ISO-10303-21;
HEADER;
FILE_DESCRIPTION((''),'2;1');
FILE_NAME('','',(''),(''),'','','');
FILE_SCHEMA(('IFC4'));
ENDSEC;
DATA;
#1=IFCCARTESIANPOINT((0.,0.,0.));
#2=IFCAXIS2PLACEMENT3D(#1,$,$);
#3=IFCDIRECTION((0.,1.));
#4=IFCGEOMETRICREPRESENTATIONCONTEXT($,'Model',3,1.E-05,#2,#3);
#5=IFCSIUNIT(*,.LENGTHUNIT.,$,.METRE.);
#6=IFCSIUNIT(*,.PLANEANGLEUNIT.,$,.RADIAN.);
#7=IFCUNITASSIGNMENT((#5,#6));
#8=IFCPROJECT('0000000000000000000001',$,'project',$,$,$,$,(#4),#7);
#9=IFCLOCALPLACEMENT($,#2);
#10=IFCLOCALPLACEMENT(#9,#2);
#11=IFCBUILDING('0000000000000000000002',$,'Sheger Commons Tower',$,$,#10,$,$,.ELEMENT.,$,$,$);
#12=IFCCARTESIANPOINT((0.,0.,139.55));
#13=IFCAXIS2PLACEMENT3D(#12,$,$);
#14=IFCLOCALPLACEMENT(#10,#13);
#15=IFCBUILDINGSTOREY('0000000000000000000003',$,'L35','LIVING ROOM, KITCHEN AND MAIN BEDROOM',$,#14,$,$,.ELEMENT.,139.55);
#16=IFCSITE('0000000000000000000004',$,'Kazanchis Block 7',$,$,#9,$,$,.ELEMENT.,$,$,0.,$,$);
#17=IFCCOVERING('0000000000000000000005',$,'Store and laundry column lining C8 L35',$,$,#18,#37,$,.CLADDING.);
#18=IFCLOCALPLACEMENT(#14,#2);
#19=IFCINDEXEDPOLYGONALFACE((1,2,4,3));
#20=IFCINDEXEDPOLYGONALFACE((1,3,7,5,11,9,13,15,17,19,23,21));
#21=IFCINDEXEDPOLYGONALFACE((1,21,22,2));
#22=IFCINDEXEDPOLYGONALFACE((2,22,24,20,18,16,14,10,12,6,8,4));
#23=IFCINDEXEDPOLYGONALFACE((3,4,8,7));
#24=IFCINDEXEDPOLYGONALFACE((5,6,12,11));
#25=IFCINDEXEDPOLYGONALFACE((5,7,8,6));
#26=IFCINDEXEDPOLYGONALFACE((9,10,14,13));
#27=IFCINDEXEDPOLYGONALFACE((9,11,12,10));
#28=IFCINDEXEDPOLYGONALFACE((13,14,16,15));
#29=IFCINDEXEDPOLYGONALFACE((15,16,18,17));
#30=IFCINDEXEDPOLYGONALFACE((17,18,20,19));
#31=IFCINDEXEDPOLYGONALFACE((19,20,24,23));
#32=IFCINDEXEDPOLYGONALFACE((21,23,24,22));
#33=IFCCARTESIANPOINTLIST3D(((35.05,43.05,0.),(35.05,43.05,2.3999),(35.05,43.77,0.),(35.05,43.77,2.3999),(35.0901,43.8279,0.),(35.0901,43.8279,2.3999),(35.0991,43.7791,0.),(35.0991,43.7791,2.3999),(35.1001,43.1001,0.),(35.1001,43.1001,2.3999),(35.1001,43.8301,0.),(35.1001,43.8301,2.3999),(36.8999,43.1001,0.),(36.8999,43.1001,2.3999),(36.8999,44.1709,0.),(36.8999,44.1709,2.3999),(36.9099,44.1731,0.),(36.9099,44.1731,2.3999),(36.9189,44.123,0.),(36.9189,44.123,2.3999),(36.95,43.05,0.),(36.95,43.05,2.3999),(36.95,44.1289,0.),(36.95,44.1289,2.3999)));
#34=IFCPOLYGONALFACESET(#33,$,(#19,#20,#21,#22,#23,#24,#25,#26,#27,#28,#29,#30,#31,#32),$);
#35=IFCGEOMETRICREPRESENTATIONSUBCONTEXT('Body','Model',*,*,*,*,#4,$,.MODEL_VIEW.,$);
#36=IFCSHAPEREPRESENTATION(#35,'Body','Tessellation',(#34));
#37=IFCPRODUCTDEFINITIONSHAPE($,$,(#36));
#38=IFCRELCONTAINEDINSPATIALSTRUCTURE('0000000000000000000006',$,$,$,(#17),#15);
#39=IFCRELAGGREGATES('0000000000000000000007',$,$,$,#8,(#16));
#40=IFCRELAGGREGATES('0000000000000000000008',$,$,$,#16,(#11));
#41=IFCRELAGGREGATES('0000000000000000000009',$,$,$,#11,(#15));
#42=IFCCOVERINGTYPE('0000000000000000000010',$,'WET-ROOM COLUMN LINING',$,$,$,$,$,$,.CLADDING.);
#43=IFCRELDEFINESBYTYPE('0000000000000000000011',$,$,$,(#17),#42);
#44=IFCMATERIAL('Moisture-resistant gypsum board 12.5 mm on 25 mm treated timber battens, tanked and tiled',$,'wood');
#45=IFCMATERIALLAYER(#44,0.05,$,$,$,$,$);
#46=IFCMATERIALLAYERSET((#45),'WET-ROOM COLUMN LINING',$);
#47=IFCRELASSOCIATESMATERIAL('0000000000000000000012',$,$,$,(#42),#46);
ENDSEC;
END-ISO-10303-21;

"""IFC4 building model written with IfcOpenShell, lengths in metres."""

from ifc_helpers import new_model, si_unit, direction, frame, origin, place, context, subcontext, project, spatial, polyline, outline, extrude, material, layer, layer_set, type_object, element, save


model = new_model("IFC4")

# Units and contexts
model_context = context("Model", 3, precision=1e-05, world=origin(), true_north=direction((0.0, 1.0)))
body_context = subcontext(model_context, "Body", "Model", "MODEL_VIEW")
ifc_project = project(units=[si_unit("LENGTHUNIT", "METRE"), si_unit("PLANEANGLEUNIT", "RADIAN")], contexts=[model_context])

# Site, building, storey
site_placement = place(None, origin())
site = spatial("IfcSite", under=ifc_project, at=site_placement, Name="Kazanchis Block 7", CompositionType="ELEMENT", RefElevation=0.0)
building_placement = place(site_placement, origin())
building = spatial("IfcBuilding", under=site, at=building_placement, Name="Sheger Commons Tower", CompositionType="ELEMENT")
storey_placement = place(building_placement, frame((0.0, 0.0, 139.55)))
storey = spatial("IfcBuildingStorey", under=building, at=storey_placement, Name="L35", Description="LIVING ROOM, KITCHEN AND MAIN BEDROOM", CompositionType="ELEMENT", Elevation=139.55)

# Covering
ifc_material_1 = material(Name="Moisture-resistant gypsum board 12.5 mm on 25 mm treated timber battens, tanked and tiled", Category="wood")
ifc_layer_1 = layer(ifc_material_1, 0.05)
ifc_layer_set_1 = layer_set([ifc_layer_1], Name="WET-ROOM COLUMN LINING")
covering_type_1 = type_object("IfcCoveringType", Name="WET-ROOM COLUMN LINING", PredefinedType="CLADDING", material=ifc_layer_set_1)
covering_1_placement = place(storey_placement, origin())
element("IfcCovering", 1, at=covering_1_placement, inside=storey, type_object=covering_type_1, Name="Store and laundry column lining C8 L35", PredefinedType="CLADDING", context=body_context, shape_type="SweptSolid", body=[
    extrude(outline(polyline([(35.1001, 43.8301), (35.1001, 43.1001), (36.8999, 43.1001), (36.8999, 44.1709), (36.9099, 44.1731), (36.9189, 44.123), (36.95, 44.1289), (36.95, 43.05), (35.05, 43.05), (35.05, 43.77), (35.0991, 43.7791), (35.0901, 43.8279), (35.1001, 43.8301)])), origin(), (0.0, 0.0, 1.0), 2.3999),
])

save(model, "model.ifc")
